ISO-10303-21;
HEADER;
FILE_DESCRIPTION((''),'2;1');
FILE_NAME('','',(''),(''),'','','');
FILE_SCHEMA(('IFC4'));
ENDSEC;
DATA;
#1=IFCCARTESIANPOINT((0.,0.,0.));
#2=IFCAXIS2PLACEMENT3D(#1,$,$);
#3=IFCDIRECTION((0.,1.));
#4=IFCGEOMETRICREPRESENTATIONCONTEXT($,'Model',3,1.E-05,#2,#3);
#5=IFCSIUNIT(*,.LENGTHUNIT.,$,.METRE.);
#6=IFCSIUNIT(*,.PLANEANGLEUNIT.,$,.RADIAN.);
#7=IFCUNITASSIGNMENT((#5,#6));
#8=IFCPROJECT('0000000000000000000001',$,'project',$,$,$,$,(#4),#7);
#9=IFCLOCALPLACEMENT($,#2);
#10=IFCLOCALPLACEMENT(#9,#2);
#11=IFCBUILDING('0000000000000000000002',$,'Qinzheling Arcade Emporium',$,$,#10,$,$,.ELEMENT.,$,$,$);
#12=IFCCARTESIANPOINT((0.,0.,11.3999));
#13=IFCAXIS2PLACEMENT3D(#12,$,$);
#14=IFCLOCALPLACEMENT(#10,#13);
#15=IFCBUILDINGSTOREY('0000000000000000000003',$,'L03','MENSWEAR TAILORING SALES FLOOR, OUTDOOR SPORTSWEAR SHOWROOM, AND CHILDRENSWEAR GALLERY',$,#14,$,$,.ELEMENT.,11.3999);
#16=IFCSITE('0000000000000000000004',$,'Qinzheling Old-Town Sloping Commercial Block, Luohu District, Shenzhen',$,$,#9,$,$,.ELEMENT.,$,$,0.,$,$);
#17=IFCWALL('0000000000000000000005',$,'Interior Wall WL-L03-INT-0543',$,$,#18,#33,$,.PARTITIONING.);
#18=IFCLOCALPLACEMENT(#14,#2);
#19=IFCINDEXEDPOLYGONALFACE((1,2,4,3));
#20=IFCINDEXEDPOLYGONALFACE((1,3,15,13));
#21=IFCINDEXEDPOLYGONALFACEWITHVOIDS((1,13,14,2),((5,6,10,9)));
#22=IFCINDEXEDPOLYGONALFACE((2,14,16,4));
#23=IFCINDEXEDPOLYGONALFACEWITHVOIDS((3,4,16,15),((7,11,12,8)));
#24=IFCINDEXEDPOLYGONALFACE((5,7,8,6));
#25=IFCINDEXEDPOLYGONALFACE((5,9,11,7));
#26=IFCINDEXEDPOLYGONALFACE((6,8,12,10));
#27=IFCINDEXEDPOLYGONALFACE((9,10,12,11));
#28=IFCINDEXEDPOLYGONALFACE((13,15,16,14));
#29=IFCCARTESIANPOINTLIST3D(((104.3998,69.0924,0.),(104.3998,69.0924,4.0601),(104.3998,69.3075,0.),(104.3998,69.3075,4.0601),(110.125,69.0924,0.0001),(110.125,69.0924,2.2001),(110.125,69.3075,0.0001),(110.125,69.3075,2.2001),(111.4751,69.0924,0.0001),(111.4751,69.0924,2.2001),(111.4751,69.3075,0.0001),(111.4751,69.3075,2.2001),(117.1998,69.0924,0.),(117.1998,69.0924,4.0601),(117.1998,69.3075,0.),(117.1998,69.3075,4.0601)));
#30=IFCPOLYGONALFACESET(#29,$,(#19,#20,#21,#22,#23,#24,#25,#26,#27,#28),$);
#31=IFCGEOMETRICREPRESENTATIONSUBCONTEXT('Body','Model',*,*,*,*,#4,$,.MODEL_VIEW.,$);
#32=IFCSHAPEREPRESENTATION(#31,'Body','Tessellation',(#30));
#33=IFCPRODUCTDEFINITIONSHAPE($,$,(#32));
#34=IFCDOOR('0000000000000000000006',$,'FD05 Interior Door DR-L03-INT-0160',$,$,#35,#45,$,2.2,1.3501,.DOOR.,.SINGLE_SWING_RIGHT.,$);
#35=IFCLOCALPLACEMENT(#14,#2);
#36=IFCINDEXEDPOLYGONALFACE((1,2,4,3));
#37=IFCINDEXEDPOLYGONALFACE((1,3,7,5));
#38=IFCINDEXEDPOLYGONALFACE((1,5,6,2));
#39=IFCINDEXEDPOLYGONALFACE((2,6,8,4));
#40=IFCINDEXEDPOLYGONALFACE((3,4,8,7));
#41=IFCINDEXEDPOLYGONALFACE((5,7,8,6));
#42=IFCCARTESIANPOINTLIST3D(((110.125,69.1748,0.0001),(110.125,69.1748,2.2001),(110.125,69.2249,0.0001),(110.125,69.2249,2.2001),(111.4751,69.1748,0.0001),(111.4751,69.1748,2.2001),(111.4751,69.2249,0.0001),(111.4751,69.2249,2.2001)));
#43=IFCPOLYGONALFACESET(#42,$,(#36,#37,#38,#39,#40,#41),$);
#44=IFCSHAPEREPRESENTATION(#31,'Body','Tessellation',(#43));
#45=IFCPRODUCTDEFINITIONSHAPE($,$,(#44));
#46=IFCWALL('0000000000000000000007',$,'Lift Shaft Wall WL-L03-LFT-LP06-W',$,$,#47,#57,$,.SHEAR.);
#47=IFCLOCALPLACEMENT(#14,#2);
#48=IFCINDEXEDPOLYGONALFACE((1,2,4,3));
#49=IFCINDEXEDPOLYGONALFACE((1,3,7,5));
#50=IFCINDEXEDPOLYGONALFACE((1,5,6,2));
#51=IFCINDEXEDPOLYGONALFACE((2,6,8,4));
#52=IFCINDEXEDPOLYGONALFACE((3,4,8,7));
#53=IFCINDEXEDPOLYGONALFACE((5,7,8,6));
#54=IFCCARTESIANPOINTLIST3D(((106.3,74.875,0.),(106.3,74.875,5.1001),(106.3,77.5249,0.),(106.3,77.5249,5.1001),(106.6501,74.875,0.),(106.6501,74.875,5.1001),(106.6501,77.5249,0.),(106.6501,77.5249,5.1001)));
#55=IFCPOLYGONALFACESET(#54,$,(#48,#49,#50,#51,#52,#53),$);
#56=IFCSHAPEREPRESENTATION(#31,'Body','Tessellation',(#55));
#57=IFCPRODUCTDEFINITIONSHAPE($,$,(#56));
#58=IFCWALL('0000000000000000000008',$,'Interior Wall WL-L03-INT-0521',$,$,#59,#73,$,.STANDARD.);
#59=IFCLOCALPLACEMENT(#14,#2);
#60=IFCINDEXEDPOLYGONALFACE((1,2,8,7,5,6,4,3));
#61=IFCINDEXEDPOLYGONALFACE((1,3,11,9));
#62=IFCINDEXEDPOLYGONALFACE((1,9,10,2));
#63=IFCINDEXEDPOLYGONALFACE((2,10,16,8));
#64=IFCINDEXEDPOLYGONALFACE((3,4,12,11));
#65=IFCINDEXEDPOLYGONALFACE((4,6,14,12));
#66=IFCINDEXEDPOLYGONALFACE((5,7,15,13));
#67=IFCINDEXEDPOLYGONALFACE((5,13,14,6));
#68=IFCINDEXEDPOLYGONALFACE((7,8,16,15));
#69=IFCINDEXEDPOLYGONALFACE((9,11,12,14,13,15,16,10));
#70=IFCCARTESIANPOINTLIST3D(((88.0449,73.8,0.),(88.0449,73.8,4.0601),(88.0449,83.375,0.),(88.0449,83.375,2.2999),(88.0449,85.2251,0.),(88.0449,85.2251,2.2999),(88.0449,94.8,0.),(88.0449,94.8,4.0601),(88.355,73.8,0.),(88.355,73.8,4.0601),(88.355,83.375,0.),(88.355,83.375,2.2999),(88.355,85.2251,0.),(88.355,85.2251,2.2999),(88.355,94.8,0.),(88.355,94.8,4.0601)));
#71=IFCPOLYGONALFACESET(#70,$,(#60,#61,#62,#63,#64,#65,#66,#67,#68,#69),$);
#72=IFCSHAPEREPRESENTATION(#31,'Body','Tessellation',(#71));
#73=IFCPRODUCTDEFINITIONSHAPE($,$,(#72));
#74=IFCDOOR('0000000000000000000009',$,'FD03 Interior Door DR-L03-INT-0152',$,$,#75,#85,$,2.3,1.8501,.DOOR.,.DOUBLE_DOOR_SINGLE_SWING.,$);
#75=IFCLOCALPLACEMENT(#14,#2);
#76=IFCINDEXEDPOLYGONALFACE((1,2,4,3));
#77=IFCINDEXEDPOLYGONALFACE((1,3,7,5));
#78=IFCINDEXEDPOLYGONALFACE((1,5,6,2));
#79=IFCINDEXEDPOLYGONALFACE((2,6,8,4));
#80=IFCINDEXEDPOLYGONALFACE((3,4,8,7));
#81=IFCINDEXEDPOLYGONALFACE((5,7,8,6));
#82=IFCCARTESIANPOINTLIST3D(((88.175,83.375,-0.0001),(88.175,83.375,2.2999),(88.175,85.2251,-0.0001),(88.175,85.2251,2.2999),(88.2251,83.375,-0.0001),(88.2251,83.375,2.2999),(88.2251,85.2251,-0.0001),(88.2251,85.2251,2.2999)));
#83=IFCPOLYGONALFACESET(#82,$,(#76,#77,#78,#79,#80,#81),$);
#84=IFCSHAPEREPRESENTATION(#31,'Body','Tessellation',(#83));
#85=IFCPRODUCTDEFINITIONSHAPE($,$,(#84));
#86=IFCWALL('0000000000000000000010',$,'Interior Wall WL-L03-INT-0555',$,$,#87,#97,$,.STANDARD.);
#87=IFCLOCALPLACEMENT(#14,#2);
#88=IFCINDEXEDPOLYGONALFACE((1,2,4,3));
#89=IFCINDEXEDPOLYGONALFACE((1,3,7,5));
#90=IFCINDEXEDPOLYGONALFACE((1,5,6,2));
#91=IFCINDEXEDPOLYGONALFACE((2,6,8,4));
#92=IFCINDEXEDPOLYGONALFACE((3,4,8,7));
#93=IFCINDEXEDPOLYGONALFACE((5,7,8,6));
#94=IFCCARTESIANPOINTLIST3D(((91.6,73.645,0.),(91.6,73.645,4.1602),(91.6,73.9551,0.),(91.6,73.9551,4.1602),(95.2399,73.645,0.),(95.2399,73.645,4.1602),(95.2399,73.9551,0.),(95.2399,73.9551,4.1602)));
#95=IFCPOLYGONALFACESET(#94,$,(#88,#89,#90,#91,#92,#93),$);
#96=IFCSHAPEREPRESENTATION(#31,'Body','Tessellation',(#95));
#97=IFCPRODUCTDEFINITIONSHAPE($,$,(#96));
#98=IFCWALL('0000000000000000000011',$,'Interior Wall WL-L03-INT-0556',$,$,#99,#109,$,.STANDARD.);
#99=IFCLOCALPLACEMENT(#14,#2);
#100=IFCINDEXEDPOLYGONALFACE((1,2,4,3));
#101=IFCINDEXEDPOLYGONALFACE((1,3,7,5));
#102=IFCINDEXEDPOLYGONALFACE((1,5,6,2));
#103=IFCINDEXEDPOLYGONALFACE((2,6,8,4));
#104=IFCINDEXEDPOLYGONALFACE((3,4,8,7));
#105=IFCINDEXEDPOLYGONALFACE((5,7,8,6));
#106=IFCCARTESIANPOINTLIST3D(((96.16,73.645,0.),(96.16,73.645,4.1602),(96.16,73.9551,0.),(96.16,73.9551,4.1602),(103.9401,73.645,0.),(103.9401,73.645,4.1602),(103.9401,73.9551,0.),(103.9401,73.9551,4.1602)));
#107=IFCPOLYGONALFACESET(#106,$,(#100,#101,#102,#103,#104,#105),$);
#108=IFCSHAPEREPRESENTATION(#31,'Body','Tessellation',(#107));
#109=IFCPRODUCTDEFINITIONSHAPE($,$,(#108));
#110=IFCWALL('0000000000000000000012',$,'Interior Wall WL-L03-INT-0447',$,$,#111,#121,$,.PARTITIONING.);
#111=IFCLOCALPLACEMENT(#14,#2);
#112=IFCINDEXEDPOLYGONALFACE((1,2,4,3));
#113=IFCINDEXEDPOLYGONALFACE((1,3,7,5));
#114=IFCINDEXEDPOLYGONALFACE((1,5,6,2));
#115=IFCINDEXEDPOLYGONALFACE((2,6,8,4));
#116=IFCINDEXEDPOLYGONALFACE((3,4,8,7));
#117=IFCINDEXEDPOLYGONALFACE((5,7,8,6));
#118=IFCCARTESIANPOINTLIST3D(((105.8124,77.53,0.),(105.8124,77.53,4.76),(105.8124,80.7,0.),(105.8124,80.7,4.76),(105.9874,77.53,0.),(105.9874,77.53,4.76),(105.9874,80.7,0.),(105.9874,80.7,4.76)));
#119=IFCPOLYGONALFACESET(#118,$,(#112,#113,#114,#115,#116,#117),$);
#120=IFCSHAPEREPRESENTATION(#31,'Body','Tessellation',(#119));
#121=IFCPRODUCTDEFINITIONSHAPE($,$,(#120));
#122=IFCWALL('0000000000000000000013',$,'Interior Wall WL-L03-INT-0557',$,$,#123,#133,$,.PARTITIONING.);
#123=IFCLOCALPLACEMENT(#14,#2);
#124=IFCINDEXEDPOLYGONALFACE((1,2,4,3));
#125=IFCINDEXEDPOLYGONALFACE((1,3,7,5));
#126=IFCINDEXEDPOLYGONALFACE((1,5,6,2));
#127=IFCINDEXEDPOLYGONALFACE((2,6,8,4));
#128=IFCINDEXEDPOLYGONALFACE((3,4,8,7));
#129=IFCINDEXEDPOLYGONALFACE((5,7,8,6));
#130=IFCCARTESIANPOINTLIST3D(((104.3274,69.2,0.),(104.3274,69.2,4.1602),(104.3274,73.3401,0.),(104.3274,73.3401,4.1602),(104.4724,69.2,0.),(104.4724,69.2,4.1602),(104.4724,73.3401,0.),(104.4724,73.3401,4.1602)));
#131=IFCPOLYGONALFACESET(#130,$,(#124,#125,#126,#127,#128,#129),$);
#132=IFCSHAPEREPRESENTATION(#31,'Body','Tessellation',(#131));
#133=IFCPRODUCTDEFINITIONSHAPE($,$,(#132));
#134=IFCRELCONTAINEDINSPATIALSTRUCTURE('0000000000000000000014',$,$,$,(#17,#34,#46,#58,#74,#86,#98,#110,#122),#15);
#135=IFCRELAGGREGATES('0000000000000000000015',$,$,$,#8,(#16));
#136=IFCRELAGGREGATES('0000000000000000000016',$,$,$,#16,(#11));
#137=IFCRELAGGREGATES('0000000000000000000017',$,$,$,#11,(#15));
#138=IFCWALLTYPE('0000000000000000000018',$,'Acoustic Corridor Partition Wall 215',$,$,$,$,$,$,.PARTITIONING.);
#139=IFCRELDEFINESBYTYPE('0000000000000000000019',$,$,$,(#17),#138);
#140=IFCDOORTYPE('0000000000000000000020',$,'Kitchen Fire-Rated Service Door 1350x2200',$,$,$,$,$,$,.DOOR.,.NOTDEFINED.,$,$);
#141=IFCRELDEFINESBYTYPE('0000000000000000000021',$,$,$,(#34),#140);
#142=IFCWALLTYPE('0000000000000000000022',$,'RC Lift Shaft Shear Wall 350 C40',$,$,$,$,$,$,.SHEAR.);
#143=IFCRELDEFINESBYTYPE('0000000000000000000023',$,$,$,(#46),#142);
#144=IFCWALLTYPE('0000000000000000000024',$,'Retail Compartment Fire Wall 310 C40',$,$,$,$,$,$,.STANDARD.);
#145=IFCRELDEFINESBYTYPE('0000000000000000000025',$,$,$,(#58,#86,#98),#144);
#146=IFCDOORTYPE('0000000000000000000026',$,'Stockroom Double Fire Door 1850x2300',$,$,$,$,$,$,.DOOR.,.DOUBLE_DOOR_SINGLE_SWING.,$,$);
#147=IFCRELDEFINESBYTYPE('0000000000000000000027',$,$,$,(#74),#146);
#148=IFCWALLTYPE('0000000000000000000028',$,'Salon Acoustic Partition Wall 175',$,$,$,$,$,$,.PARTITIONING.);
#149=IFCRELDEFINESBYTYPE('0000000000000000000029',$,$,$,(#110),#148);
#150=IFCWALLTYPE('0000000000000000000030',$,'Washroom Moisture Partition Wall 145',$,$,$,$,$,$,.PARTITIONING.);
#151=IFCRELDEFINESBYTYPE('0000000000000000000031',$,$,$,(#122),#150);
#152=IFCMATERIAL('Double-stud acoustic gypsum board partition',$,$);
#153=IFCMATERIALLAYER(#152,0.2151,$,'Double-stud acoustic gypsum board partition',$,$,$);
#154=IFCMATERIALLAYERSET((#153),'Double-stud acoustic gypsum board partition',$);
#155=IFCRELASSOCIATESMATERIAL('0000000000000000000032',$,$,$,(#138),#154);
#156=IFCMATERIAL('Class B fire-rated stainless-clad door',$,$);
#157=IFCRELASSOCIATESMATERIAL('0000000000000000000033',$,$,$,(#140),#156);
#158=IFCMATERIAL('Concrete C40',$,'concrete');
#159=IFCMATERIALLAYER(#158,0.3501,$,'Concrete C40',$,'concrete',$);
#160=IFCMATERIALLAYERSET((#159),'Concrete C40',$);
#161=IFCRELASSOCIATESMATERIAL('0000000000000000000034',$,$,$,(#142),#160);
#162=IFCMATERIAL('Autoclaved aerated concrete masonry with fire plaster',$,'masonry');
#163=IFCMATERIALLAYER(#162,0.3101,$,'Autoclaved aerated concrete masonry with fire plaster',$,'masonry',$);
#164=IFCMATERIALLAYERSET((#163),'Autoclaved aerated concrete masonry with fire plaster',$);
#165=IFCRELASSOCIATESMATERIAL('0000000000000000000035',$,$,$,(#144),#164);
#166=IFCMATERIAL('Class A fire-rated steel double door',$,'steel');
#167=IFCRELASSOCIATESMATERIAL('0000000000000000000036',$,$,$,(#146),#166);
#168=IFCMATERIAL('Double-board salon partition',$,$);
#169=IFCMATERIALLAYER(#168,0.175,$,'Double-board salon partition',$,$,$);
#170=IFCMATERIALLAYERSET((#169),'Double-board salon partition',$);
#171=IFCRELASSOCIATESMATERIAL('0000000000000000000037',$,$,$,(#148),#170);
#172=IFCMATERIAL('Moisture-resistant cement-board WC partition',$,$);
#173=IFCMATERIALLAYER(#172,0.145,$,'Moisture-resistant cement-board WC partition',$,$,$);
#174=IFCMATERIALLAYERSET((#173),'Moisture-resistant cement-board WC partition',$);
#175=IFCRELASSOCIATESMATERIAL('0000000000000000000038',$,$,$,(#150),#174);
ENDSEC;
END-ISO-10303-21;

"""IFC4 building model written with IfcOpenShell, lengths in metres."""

from ifc_helpers import new_model, si_unit, direction, frame, frame_2d, origin, place, context, subcontext, project, spatial, rectangle, extrude, material, layer, layer_set, type_object, element, fill, save


model = new_model("IFC4")

# Units and contexts
model_context = context("Model", 3, precision=1e-05, world=origin(), true_north=direction((0.0, 1.0)))
body_context = subcontext(model_context, "Body", "Model", "MODEL_VIEW")
ifc_project = project(units=[si_unit("LENGTHUNIT", "METRE"), si_unit("PLANEANGLEUNIT", "RADIAN")], contexts=[model_context])

# Site, building, storey
site_placement = place(None, origin())
site = spatial("IfcSite", under=ifc_project, at=site_placement, Name="Qinzheling Old-Town Sloping Commercial Block, Luohu District, Shenzhen", CompositionType="ELEMENT", RefElevation=0.0)
building_placement = place(site_placement, origin())
building = spatial("IfcBuilding", under=site, at=building_placement, Name="Qinzheling Arcade Emporium", CompositionType="ELEMENT")
storey_placement = place(building_placement, frame((0.0, 0.0, 11.3999)))
storey = spatial("IfcBuildingStorey", under=building, at=storey_placement, Name="L03", Description="MENSWEAR TAILORING SALES FLOOR, OUTDOOR SPORTSWEAR SHOWROOM, AND CHILDRENSWEAR GALLERY", CompositionType="ELEMENT", Elevation=11.3999)

# Shared definitions
ifc_material_1 = material(Name="Concrete C40", Category="concrete")

# Shared definitions
ifc_material_2 = material(Name="Double-stud acoustic gypsum board partition")
ifc_layer_1 = layer(ifc_material_2, 0.2151, Name="Double-stud acoustic gypsum board partition")
ifc_layer_set_1 = layer_set([ifc_layer_1], Name="Double-stud acoustic gypsum board partition")
wall_type_1 = type_object("IfcWallType", Name="Acoustic Corridor Partition Wall 215", PredefinedType="PARTITIONING", material=ifc_layer_set_1)

# Shared definitions
ifc_material_3 = material(Name="Class B fire-rated stainless-clad door")
door_type_1 = type_object("IfcDoorType", Name="Kitchen Fire-Rated Service Door 1350x2200", OperationType="NOTDEFINED", PredefinedType="DOOR", material=ifc_material_3)

# Wall, opening, door
wall_1_placement = place(storey_placement, frame((104.3999, 69.2, 0.0), z_axis=(0.0, 0.0, 1.0), x_axis=(1.0, 0.0, 0.0)))
wall_1 = element("IfcWall", 1, at=wall_1_placement, inside=storey, type_object=wall_type_1, Name="Interior Wall WL-L03-INT-0543", PredefinedType="PARTITIONING", context=body_context, shape_type="SweptSolid", body=[
    extrude(rectangle(XDim=12.8, YDim=0.2151, at=frame_2d((6.3999, 0.0))), origin(), (0.0, 0.0, 1.0), 4.0601),
])
opening_1_placement = place(wall_1_placement, frame((5.7251, 0.0, 0.0)))
opening_1 = element("IfcOpeningElement", 2, at=opening_1_placement, cuts=wall_1, PredefinedType="OPENING", context=body_context, shape_type="SweptSolid", body=[
    extrude(rectangle(XDim=1.3501, YDim=2.2, at=frame_2d((0.675, 1.1001))), frame((0.0, 0.1177, 0.0), z_axis=(0.0, -1.0, 0.0), x_axis=(1.0, 0.0, 0.0)), (0.0, 0.0, 1.0), 0.2351),
])
door_1_placement = place(opening_1_placement, origin())
door_1 = element("IfcDoor", 3, at=door_1_placement, inside=storey, type_object=door_type_1, Name="FD05 Interior Door DR-L03-INT-0160", OperationType="SINGLE_SWING_RIGHT", OverallHeight=2.2, OverallWidth=1.3501, PredefinedType="DOOR", context=body_context, shape_type="SweptSolid", body=[
    extrude(rectangle(XDim=1.3501, YDim=2.2, at=frame_2d((0.675, 1.1001))), frame((0.0, 0.0249, 0.0), z_axis=(0.0, -1.0, 0.0), x_axis=(1.0, 0.0, 0.0)), (0.0, 0.0, 1.0), 0.05),
])
fill(opening_1, door_1)

# Wall
ifc_layer_2 = layer(ifc_material_1, 0.3501, Name="Concrete C40", Category="concrete")
ifc_layer_set_2 = layer_set([ifc_layer_2], Name="Concrete C40")
wall_type_2 = type_object("IfcWallType", Name="RC Lift Shaft Shear Wall 350 C40", PredefinedType="SHEAR", material=ifc_layer_set_2)
wall_2_placement = place(storey_placement, frame((106.4751, 74.875, 0.0), z_axis=(0.0, 0.0, 1.0), x_axis=(0.0, 1.0, 0.0)))
element("IfcWall", 4, at=wall_2_placement, inside=storey, type_object=wall_type_2, Name="Lift Shaft Wall WL-L03-LFT-LP06-W", PredefinedType="SHEAR", context=body_context, shape_type="SweptSolid", body=[
    extrude(rectangle(XDim=2.6499, YDim=0.3501, at=frame_2d((1.325, 0.0))), origin(), (0.0, 0.0, 1.0), 5.1001),
])

# Wall, opening, door
ifc_material_4 = material(Name="Autoclaved aerated concrete masonry with fire plaster", Category="masonry")
ifc_layer_3 = layer(ifc_material_4, 0.3101, Name="Autoclaved aerated concrete masonry with fire plaster", Category="masonry")
ifc_layer_set_3 = layer_set([ifc_layer_3], Name="Autoclaved aerated concrete masonry with fire plaster")
wall_type_3 = type_object("IfcWallType", Name="Retail Compartment Fire Wall 310 C40", PredefinedType="STANDARD", material=ifc_layer_set_3)
wall_3_placement = place(storey_placement, frame((88.2, 73.8, 0.0), z_axis=(0.0, 0.0, 1.0), x_axis=(0.0, 1.0, 0.0)))
wall_3 = element("IfcWall", 5, at=wall_3_placement, inside=storey, type_object=wall_type_3, Name="Interior Wall WL-L03-INT-0521", PredefinedType="STANDARD", context=body_context, shape_type="SweptSolid", body=[
    extrude(rectangle(XDim=21.0, YDim=0.3101, at=frame_2d((10.5, 0.0))), origin(), (0.0, 0.0, 1.0), 4.0601),
])
opening_2_placement = place(wall_3_placement, frame((9.575, 0.0, 0.0)))
opening_2 = element("IfcOpeningElement", 6, at=opening_2_placement, cuts=wall_3, PredefinedType="OPENING", context=body_context, shape_type="SweptSolid", body=[
    extrude(rectangle(XDim=1.8501, YDim=2.3, at=frame_2d((0.925, 1.1499))), frame((0.0, 0.165, 0.0), z_axis=(0.0, -1.0, 0.0), x_axis=(1.0, 0.0, 0.0)), (0.0, 0.0, 1.0), 0.3301),
])
ifc_material_5 = material(Name="Class A fire-rated steel double door", Category="steel")
door_type_2 = type_object("IfcDoorType", Name="Stockroom Double Fire Door 1850x2300", OperationType="DOUBLE_DOOR_SINGLE_SWING", PredefinedType="DOOR", material=ifc_material_5)
door_2_placement = place(opening_2_placement, origin())
door_2 = element("IfcDoor", 7, at=door_2_placement, inside=storey, type_object=door_type_2, Name="FD03 Interior Door DR-L03-INT-0152", OperationType="DOUBLE_DOOR_SINGLE_SWING", OverallHeight=2.3, OverallWidth=1.8501, PredefinedType="DOOR", context=body_context, shape_type="SweptSolid", body=[
    extrude(rectangle(XDim=1.8501, YDim=2.3, at=frame_2d((0.925, 1.1499))), frame((0.0, 0.0249, 0.0), z_axis=(0.0, -1.0, 0.0), x_axis=(1.0, 0.0, 0.0)), (0.0, 0.0, 1.0), 0.05),
])
fill(opening_2, door_2)

# Walls
wall_4_placement = place(storey_placement, frame((91.6001, 73.8, 0.0), z_axis=(0.0, 0.0, 1.0), x_axis=(1.0, 0.0, 0.0)))
element("IfcWall", 8, at=wall_4_placement, inside=storey, type_object=wall_type_3, Name="Interior Wall WL-L03-INT-0555", PredefinedType="STANDARD", context=body_context, shape_type="SweptSolid", body=[
    extrude(rectangle(XDim=3.6399, YDim=0.3101, at=frame_2d((1.8198, 0.0))), origin(), (0.0, 0.0, 1.0), 4.1602),
])
wall_5_placement = place(storey_placement, frame((96.1599, 73.8, 0.0), z_axis=(0.0, 0.0, 1.0), x_axis=(1.0, 0.0, 0.0)))
element("IfcWall", 9, at=wall_5_placement, inside=storey, type_object=wall_type_3, Name="Interior Wall WL-L03-INT-0556", PredefinedType="STANDARD", context=body_context, shape_type="SweptSolid", body=[
    extrude(rectangle(XDim=7.78, YDim=0.3101, at=frame_2d((3.8901, 0.0))), origin(), (0.0, 0.0, 1.0), 4.1602),
])
ifc_material_6 = material(Name="Double-board salon partition")
ifc_layer_4 = layer(ifc_material_6, 0.175, Name="Double-board salon partition")
ifc_layer_set_4 = layer_set([ifc_layer_4], Name="Double-board salon partition")
wall_type_4 = type_object("IfcWallType", Name="Salon Acoustic Partition Wall 175", PredefinedType="PARTITIONING", material=ifc_layer_set_4)
wall_6_placement = place(storey_placement, frame((105.8999, 77.53, 0.0), z_axis=(0.0, 0.0, 1.0), x_axis=(0.0, 1.0, 0.0)))
element("IfcWall", 10, at=wall_6_placement, inside=storey, type_object=wall_type_4, Name="Interior Wall WL-L03-INT-0447", PredefinedType="PARTITIONING", context=body_context, shape_type="SweptSolid", body=[
    extrude(rectangle(XDim=3.1699, YDim=0.175, at=frame_2d((1.585, 0.0))), origin(), (0.0, 0.0, 1.0), 4.76),
])
ifc_material_7 = material(Name="Moisture-resistant cement-board WC partition")
ifc_layer_5 = layer(ifc_material_7, 0.145, Name="Moisture-resistant cement-board WC partition")
ifc_layer_set_5 = layer_set([ifc_layer_5], Name="Moisture-resistant cement-board WC partition")
wall_type_5 = type_object("IfcWallType", Name="Washroom Moisture Partition Wall 145", PredefinedType="PARTITIONING", material=ifc_layer_set_5)
wall_7_placement = place(storey_placement, frame((104.3999, 73.3401, 0.0), z_axis=(0.0, 0.0, 1.0), x_axis=(0.0, -1.0, 0.0)))
element("IfcWall", 11, at=wall_7_placement, inside=storey, type_object=wall_type_5, Name="Interior Wall WL-L03-INT-0557", PredefinedType="PARTITIONING", context=body_context, shape_type="SweptSolid", body=[
    extrude(rectangle(XDim=4.1401, YDim=0.145, at=frame_2d((2.0701, 0.0))), origin(), (0.0, 0.0, 1.0), 4.1602),
])

save(model, "model.ifc")
